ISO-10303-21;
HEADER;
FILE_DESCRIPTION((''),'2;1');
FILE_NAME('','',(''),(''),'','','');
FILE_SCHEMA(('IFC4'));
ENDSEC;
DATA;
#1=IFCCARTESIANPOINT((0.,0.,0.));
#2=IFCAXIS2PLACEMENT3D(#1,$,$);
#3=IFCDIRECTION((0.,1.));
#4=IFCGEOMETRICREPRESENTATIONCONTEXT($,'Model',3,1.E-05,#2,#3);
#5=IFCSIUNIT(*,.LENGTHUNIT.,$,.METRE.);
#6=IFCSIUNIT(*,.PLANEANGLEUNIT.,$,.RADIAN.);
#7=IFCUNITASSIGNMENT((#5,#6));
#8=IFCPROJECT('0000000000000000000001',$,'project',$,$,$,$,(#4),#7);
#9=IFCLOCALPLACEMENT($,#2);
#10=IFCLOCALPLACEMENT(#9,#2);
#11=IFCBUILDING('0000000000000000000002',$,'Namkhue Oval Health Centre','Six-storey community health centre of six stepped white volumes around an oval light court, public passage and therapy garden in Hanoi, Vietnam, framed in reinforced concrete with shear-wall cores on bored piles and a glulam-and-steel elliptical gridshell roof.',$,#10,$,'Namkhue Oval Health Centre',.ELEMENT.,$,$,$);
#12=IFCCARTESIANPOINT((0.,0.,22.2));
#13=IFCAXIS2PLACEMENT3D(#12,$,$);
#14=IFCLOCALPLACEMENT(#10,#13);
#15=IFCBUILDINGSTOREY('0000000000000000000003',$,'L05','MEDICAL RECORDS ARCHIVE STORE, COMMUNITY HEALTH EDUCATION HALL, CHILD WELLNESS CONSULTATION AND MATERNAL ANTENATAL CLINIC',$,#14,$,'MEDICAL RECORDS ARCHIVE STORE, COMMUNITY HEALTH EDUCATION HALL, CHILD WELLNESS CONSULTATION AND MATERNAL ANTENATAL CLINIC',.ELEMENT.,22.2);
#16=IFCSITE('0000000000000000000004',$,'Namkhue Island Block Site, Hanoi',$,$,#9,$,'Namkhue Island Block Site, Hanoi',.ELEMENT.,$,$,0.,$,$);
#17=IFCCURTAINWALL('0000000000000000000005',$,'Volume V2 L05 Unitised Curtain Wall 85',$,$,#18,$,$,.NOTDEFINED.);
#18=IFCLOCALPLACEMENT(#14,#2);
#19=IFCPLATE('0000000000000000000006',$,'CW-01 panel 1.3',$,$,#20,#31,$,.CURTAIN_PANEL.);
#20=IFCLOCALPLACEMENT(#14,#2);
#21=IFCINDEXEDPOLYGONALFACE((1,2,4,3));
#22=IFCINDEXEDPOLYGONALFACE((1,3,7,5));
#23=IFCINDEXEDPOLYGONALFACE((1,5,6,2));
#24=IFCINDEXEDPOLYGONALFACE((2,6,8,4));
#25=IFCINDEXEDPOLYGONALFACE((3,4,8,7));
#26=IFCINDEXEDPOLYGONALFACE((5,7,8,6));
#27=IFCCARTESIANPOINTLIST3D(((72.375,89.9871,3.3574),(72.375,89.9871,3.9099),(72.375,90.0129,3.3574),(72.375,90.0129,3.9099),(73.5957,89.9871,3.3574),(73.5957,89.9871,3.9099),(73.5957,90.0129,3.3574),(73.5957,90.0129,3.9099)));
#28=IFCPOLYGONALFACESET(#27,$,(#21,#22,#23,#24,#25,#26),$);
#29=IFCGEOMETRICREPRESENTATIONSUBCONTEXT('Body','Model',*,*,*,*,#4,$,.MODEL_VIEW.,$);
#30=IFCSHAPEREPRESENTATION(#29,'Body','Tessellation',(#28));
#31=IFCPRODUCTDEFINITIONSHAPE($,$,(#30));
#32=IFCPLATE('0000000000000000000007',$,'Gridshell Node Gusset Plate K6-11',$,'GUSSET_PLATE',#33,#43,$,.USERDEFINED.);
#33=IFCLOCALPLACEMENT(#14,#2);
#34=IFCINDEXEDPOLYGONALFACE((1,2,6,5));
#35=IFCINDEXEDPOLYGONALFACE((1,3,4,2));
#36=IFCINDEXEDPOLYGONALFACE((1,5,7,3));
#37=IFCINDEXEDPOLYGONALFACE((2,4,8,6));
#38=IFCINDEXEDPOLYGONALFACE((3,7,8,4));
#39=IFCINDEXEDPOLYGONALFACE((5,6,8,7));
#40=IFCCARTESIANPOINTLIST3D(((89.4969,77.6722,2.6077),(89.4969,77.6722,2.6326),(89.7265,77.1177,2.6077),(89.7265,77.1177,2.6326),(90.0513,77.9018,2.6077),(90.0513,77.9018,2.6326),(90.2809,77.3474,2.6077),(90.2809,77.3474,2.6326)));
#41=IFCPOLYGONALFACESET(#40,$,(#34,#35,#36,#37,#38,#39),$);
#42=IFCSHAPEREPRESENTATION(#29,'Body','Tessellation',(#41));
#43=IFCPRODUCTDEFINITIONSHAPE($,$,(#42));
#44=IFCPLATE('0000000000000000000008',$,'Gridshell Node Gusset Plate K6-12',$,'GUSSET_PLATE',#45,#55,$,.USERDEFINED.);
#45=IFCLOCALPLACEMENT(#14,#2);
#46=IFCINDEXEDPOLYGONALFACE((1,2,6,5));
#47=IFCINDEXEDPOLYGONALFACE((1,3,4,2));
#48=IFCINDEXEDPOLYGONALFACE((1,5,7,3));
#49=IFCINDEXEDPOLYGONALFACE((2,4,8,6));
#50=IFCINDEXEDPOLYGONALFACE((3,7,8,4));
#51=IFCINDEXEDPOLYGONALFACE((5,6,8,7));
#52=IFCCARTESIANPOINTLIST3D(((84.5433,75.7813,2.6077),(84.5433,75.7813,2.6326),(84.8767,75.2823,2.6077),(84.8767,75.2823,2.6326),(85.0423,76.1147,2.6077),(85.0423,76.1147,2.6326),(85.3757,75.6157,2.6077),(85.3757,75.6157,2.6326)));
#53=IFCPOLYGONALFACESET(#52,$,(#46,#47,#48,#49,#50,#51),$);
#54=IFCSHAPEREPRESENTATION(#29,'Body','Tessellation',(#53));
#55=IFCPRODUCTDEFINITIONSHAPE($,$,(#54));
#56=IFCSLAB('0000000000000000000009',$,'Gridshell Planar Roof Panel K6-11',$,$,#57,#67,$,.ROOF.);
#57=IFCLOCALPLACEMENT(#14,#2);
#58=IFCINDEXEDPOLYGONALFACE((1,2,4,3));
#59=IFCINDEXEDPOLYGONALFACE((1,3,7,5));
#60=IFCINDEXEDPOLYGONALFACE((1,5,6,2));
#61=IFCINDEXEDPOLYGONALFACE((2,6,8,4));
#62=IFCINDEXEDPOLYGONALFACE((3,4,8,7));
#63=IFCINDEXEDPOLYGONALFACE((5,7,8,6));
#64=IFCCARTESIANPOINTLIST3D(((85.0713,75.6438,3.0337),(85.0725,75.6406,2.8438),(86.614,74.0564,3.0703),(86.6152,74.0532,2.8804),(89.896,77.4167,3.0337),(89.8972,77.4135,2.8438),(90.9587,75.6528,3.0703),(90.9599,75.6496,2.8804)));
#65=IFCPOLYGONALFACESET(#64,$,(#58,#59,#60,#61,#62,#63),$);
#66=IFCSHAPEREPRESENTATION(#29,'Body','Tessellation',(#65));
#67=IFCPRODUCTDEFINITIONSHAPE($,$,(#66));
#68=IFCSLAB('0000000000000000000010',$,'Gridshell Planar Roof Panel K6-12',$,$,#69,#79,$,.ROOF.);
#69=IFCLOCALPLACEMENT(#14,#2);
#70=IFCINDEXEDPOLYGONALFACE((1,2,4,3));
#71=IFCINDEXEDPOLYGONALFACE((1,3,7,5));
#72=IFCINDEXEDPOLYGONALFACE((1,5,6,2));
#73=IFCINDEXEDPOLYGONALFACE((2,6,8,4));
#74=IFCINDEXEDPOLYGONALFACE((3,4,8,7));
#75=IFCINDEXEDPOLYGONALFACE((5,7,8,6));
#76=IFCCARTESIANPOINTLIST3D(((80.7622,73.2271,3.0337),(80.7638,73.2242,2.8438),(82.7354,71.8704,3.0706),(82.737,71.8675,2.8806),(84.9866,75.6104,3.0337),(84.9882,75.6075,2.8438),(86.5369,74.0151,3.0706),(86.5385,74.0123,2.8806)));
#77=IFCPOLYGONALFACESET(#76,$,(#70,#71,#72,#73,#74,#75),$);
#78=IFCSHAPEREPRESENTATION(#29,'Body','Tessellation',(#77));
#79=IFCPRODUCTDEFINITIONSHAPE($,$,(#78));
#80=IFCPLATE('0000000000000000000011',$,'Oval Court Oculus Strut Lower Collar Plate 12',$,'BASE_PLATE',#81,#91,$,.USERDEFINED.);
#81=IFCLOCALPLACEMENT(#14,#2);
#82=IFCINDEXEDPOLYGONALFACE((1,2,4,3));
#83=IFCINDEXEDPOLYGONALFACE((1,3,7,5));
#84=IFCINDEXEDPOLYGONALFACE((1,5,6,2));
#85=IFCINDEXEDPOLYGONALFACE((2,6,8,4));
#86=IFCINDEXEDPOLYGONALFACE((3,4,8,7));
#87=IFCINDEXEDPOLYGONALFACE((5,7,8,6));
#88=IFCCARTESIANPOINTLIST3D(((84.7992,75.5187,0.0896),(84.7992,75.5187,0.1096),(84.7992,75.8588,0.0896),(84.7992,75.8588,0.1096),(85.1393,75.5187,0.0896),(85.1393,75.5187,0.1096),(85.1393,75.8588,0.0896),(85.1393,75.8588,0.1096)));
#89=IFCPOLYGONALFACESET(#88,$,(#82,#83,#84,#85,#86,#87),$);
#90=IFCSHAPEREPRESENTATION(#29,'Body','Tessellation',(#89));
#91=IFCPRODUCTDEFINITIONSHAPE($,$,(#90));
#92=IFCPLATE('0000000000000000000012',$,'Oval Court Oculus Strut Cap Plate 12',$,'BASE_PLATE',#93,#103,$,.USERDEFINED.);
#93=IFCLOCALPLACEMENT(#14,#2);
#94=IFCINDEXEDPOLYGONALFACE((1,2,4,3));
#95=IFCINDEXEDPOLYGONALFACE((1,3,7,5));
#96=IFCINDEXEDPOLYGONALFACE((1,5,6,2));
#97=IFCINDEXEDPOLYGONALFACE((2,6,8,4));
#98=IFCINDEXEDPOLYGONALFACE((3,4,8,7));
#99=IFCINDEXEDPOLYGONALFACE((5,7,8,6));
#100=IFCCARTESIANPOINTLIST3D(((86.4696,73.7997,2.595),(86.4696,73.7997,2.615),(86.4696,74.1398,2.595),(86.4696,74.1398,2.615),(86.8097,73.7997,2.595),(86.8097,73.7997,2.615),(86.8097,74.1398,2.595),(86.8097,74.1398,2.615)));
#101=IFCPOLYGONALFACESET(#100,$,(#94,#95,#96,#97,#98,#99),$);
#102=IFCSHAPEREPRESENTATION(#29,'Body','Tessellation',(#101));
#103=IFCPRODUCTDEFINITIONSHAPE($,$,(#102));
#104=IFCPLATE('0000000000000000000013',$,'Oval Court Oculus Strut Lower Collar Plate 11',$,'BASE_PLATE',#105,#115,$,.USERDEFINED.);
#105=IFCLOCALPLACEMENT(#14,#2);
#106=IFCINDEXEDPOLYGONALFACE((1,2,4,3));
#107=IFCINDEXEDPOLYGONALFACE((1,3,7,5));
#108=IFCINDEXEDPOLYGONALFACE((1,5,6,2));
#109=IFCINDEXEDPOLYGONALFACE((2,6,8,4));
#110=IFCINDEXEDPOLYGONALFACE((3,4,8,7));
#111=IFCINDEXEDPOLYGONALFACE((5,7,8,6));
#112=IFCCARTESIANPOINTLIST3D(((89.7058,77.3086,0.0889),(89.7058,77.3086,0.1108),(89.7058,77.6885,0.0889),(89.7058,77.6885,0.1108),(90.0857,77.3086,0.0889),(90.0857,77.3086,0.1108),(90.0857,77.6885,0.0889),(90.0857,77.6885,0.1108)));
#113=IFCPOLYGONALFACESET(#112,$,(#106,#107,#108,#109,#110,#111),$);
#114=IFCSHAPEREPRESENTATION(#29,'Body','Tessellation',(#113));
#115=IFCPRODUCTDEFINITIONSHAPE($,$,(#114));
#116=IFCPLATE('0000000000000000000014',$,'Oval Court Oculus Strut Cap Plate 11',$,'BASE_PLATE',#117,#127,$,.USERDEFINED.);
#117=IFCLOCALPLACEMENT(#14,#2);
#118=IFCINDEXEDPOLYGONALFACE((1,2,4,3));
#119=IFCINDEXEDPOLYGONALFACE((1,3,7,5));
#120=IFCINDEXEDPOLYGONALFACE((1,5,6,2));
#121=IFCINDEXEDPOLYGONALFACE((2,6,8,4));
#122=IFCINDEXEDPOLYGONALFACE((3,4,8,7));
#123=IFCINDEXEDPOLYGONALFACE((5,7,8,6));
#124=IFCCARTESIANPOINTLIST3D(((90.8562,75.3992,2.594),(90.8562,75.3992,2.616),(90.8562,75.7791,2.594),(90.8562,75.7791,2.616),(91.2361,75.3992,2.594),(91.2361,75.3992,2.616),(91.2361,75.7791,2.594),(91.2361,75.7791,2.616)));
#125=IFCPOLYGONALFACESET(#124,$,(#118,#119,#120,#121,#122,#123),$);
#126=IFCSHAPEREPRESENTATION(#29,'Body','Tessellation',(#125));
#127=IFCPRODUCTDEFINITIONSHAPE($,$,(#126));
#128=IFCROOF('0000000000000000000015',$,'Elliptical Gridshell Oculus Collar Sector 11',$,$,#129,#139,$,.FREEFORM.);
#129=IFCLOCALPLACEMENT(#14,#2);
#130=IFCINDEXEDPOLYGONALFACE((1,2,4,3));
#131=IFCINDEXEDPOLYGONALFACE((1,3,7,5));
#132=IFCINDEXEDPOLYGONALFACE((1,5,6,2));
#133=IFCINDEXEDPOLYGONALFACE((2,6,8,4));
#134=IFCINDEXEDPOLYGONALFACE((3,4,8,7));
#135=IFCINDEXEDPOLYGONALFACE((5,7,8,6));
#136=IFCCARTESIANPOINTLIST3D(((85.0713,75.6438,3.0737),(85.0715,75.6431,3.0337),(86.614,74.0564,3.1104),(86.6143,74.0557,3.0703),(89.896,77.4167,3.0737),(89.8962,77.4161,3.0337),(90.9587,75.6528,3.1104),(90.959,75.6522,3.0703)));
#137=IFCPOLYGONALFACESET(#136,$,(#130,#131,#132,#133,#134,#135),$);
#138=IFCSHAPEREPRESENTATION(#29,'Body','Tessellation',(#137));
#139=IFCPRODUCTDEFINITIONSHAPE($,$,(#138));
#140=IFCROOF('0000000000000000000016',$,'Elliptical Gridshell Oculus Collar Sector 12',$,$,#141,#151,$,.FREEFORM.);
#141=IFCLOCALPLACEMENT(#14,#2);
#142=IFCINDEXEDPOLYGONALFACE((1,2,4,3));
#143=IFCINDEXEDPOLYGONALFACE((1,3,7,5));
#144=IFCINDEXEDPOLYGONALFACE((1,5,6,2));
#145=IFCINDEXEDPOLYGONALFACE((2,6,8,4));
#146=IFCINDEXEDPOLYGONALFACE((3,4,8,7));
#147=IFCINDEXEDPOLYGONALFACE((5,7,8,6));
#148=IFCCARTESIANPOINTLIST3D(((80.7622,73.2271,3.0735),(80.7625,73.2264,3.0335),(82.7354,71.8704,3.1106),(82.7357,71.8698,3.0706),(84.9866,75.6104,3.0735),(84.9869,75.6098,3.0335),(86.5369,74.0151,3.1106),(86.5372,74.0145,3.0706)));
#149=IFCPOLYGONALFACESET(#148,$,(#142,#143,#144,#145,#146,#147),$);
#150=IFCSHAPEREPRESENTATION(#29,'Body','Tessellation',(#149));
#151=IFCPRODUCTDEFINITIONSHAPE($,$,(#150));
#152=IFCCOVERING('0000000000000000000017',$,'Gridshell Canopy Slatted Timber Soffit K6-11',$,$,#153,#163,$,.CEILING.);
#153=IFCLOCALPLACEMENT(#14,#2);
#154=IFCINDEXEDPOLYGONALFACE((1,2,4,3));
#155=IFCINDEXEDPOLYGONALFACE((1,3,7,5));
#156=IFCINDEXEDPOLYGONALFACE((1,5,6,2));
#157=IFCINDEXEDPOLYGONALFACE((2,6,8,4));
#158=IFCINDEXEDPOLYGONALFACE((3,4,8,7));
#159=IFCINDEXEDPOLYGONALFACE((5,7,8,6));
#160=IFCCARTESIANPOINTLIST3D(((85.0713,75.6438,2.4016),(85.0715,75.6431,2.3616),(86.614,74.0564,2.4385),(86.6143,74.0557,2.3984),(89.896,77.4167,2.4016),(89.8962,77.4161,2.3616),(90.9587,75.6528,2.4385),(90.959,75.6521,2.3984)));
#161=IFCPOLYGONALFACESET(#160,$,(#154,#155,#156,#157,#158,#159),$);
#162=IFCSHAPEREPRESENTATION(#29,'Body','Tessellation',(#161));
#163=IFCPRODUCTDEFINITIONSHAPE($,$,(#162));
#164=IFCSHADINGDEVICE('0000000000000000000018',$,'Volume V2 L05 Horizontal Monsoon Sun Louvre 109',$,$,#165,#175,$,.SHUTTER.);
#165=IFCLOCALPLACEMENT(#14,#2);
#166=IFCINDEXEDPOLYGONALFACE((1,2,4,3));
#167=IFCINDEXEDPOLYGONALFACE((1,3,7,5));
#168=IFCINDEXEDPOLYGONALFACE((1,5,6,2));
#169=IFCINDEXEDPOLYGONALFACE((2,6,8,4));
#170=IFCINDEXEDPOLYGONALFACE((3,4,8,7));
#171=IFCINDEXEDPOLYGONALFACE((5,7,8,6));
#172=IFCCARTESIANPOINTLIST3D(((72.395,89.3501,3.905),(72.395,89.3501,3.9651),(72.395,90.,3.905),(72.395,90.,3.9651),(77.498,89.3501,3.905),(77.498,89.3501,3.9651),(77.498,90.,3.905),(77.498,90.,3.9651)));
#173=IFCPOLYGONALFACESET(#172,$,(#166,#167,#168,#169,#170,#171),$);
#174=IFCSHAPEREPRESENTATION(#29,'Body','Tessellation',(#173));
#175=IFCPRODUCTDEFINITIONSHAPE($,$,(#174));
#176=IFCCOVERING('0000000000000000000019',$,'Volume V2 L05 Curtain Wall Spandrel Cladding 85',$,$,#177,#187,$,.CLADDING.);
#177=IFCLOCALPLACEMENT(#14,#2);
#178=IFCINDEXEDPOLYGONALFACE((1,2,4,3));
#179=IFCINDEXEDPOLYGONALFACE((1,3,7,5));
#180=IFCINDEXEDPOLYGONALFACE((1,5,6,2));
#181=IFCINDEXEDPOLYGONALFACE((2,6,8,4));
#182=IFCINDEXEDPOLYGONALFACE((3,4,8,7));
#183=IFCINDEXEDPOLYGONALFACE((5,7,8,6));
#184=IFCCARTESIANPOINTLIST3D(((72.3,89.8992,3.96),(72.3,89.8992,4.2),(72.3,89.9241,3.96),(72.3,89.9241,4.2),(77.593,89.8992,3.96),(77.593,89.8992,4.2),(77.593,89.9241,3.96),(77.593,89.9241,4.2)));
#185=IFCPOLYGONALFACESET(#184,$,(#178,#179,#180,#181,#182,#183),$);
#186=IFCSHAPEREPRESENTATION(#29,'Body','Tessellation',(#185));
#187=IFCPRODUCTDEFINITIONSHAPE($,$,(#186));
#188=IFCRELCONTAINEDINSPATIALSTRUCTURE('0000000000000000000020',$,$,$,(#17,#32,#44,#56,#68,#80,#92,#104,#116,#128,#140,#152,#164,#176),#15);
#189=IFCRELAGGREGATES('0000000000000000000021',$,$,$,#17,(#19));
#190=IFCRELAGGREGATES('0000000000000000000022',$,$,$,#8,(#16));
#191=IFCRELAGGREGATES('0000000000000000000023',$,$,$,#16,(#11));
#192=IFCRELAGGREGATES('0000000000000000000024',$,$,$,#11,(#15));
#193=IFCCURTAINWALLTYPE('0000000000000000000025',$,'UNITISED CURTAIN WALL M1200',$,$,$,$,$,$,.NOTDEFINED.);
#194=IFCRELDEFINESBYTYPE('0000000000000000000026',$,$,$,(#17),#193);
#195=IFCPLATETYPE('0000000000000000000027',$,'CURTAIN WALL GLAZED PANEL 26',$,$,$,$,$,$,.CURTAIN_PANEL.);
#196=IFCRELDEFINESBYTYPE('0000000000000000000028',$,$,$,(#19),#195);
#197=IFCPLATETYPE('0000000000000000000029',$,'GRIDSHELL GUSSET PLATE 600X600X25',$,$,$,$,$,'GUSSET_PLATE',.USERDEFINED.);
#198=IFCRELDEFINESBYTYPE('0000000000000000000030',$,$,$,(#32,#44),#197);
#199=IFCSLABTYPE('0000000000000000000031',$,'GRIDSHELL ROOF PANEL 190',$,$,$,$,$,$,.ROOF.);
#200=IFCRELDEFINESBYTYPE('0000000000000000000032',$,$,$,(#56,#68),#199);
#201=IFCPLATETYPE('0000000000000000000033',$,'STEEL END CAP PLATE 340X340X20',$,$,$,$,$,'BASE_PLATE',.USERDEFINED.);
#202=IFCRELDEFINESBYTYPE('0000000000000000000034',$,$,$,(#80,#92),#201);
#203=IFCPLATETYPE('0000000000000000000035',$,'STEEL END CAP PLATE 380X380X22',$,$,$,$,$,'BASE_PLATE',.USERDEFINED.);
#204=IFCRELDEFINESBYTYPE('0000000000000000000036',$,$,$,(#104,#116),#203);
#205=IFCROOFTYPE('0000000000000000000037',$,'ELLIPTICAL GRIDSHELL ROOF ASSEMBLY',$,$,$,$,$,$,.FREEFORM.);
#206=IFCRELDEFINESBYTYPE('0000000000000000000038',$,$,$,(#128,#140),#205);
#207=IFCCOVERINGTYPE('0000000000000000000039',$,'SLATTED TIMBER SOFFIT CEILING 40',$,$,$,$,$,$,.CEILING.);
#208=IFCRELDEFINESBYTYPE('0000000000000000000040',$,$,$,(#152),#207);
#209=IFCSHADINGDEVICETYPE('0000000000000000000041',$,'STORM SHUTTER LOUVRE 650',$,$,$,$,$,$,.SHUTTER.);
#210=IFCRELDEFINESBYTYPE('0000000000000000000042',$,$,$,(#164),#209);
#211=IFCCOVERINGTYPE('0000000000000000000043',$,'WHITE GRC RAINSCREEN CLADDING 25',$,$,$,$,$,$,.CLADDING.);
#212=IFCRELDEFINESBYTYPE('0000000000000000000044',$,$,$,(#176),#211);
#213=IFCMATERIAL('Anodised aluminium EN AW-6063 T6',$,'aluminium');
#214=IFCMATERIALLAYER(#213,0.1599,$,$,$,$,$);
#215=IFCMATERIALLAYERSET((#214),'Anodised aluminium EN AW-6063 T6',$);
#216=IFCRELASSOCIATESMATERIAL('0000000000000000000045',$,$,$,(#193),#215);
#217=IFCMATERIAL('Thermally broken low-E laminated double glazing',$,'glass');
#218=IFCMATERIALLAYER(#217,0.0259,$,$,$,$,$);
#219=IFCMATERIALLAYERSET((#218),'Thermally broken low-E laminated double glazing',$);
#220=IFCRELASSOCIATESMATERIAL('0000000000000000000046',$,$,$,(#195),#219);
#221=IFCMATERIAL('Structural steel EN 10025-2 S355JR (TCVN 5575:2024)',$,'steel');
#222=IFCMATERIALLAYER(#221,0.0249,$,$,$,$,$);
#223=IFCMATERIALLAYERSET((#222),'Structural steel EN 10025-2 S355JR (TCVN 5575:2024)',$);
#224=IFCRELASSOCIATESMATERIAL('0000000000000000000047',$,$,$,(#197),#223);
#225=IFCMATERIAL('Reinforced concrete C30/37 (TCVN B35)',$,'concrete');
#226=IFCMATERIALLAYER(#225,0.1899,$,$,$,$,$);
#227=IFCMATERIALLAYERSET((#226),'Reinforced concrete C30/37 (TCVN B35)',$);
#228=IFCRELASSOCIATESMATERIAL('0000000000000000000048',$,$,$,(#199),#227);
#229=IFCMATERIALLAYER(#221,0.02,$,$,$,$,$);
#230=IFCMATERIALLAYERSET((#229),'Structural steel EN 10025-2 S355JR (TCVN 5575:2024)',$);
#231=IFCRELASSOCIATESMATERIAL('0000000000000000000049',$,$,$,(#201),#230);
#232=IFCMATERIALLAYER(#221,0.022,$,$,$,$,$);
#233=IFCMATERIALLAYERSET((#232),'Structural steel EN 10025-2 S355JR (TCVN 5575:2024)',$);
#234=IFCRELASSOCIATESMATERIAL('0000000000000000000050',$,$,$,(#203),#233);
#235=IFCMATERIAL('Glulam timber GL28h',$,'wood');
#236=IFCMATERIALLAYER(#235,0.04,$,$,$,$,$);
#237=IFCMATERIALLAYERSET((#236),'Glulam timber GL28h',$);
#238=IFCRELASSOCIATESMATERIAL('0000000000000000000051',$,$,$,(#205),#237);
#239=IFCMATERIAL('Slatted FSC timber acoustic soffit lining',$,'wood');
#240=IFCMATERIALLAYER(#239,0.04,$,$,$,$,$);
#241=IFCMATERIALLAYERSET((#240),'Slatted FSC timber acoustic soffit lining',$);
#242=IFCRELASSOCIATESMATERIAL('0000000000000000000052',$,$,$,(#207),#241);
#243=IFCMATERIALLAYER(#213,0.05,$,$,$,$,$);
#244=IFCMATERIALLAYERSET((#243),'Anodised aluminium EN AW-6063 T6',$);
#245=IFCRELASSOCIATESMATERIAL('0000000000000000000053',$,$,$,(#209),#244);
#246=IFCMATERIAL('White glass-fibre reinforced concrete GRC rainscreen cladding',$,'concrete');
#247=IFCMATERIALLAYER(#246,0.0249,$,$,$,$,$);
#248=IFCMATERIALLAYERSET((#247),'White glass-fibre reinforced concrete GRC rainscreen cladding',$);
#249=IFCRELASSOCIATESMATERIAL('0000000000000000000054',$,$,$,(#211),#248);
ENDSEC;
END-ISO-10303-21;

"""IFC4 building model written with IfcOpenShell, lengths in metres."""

from ifc_helpers import new_model, si_unit, direction, frame, origin, origin_2d, place, context, subcontext, project, spatial, polyline, rectangle, outline, extrude, material, layer, layer_set, type_object, element, aggregate, save


model = new_model("IFC4")

# Units and contexts
model_context = context("Model", 3, precision=1e-05, world=origin(), true_north=direction((0.0, 1.0)))
body_context = subcontext(model_context, "Body", "Model", "MODEL_VIEW")
ifc_project = project(units=[si_unit("LENGTHUNIT", "METRE"), si_unit("PLANEANGLEUNIT", "RADIAN")], contexts=[model_context])

# Site, building, storey
site_placement = place(None, origin())
site = spatial("IfcSite", under=ifc_project, at=site_placement, Name="Namkhue Island Block Site, Hanoi", LongName="Namkhue Island Block Site, Hanoi", CompositionType="ELEMENT", RefElevation=0.0)
building_placement = place(site_placement, origin())
building = spatial("IfcBuilding", under=site, at=building_placement, Name="Namkhue Oval Health Centre", Description="Six-storey community health centre of six stepped white volumes around an oval light court, public passage and therapy garden in Hanoi, Vietnam, framed in reinforced concrete with shear-wall cores on bored piles and a glulam-and-steel elliptical gridshell roof.", LongName="Namkhue Oval Health Centre", CompositionType="ELEMENT")
storey_placement = place(building_placement, frame((0.0, 0.0, 22.2)))
storey = spatial("IfcBuildingStorey", under=building, at=storey_placement, Name="L05", Description="MEDICAL RECORDS ARCHIVE STORE, COMMUNITY HEALTH EDUCATION HALL, CHILD WELLNESS CONSULTATION AND MATERNAL ANTENATAL CLINIC", LongName="MEDICAL RECORDS ARCHIVE STORE, COMMUNITY HEALTH EDUCATION HALL, CHILD WELLNESS CONSULTATION AND MATERNAL ANTENATAL CLINIC", CompositionType="ELEMENT", Elevation=22.2)

# Shared definitions
ifc_material_1 = material(Name="Structural steel EN 10025-2 S355JR (TCVN 5575:2024)", Category="steel")

# Curtain wall
ifc_material_2 = material(Name="Anodised aluminium EN AW-6063 T6", Category="aluminium")
ifc_layer_1 = layer(ifc_material_2, 0.1599)
ifc_layer_set_1 = layer_set([ifc_layer_1], Name="Anodised aluminium EN AW-6063 T6")
curtain_wall_type = type_object("IfcCurtainWallType", Name="UNITISED CURTAIN WALL M1200", PredefinedType="NOTDEFINED", material=ifc_layer_set_1)
curtain_wall_placement = place(storey_placement, origin())
curtain_wall = element("IfcCurtainWall", 1, at=curtain_wall_placement, inside=storey, type_object=curtain_wall_type, Name="Volume V2 L05 Unitised Curtain Wall 85", PredefinedType="NOTDEFINED")

# Shared definitions
ifc_material_3 = material(Name="Glulam timber GL28h", Category="wood")

# Plate
ifc_material_4 = material(Name="Thermally broken low-E laminated double glazing", Category="glass")
ifc_layer_2 = layer(ifc_material_4, 0.0259)
ifc_layer_set_2 = layer_set([ifc_layer_2], Name="Thermally broken low-E laminated double glazing")
plate_type_1 = type_object("IfcPlateType", Name="CURTAIN WALL GLAZED PANEL 26", PredefinedType="CURTAIN_PANEL", material=ifc_layer_set_2)
plate_1_placement = place(storey_placement, frame((72.9854, 90.0, 3.3574), z_axis=(0.0, 0.0, 1.0), x_axis=(1.0, 0.0, 0.0)))
plate_1 = element("IfcPlate", 2, at=plate_1_placement, type_object=plate_type_1, Name="CW-01 panel 1.3", PredefinedType="CURTAIN_PANEL", context=body_context, shape_type="SweptSolid", body=[
    extrude(rectangle(XDim=1.2207, YDim=0.0259, at=origin_2d()), origin(), (0.0, 0.0, 1.0), 0.5525),
])
aggregate(curtain_wall, [plate_1])

# Plates
ifc_layer_3 = layer(ifc_material_1, 0.0249)
ifc_layer_set_3 = layer_set([ifc_layer_3], Name="Structural steel EN 10025-2 S355JR (TCVN 5575:2024)")
plate_type_2 = type_object("IfcPlateType", Name="GRIDSHELL GUSSET PLATE 600X600X25", ElementType="GUSSET_PLATE", PredefinedType="USERDEFINED", material=ifc_layer_set_3)
for number, where, z_axis, x_axis, name in (
    (3, (89.8889, 77.5098, 2.6077), (0.0, 0.0, 1.0), (-0.382683, 0.92388, 0.0), "Gridshell Node Gusset Plate K6-11"),
    (4, (84.9595, 75.6985, 2.6077), (0.0, 0.0, 1.0), (-0.55557, 0.83147, 0.0), "Gridshell Node Gusset Plate K6-12"),
):
    element("IfcPlate", number, at=place(storey_placement, frame(where, z_axis=z_axis, x_axis=x_axis)), inside=storey, type_object=plate_type_2, Name=name, ObjectType="GUSSET_PLATE", PredefinedType="USERDEFINED", context=body_context, shape_type="SweptSolid", body=[
        extrude(rectangle(XDim=0.6001, YDim=0.6001, at=origin_2d()), origin(), (0.0, 0.0, 1.0), 0.0249),
    ])

# Slabs
ifc_material_5 = material(Name="Reinforced concrete C30/37 (TCVN B35)", Category="concrete")
ifc_layer_4 = layer(ifc_material_5, 0.1899)
ifc_layer_set_4 = layer_set([ifc_layer_4], Name="Reinforced concrete C30/37 (TCVN B35)")
slab_type = type_object("IfcSlabType", Name="GRIDSHELL ROOF PANEL 190", PredefinedType="ROOF", material=ifc_layer_set_4)
slab_1_placement = place(storey_placement, frame((89.896, 77.4167, 3.0337), z_axis=(-0.006245, 0.016996, 0.999836), x_axis=(-0.938631, -0.344922, 0.0)))
element("IfcSlab", 5, at=slab_1_placement, inside=storey, type_object=slab_type, Name="Gridshell Planar Roof Panel K6-11", PredefinedType="ROOF", context=body_context, shape_type="SweptSolid", body=[
    extrude(outline(polyline([(0.0, 0.0), (5.1402, 0.0), (4.2396, 2.0224), (-0.3891, 2.0226), (0.0, 0.0)])), origin(), (0.0, 0.0, -1.0), 0.1899),
])
slab_2_placement = place(storey_placement, frame((84.9866, 75.6104, 3.0337), z_axis=(-0.00842, 0.014924, 0.999853), x_axis=(-0.87095, -0.491372, 0.0)))
element("IfcSlab", 6, at=slab_2_placement, inside=storey, type_object=slab_type, Name="Gridshell Planar Roof Panel K6-12", PredefinedType="ROOF", context=body_context, shape_type="SweptSolid", body=[
    extrude(outline(polyline([(0.0, 0.0), (4.8503, 0.0), (3.7984, 2.1515), (-0.5664, 2.1514), (0.0, 0.0)])), origin(), (0.0, 0.0, -1.0), 0.1899),
])

# Plates
ifc_layer_5 = layer(ifc_material_1, 0.02)
ifc_layer_set_5 = layer_set([ifc_layer_5], Name="Structural steel EN 10025-2 S355JR (TCVN 5575:2024)")
plate_type_3 = type_object("IfcPlateType", Name="STEEL END CAP PLATE 340X340X20", ElementType="BASE_PLATE", PredefinedType="USERDEFINED", material=ifc_layer_set_5)
for number, where, z_axis, x_axis, name in (
    (7, (84.9692, 75.6887, 0.0896), (0.0, 0.0, 1.0), (1.0, 0.0, 0.0), "Oval Court Oculus Strut Lower Collar Plate 12"),
    (8, (86.6396, 73.9697, 2.595), (0.0, 0.0, 1.0), (1.0, 0.0, 0.0), "Oval Court Oculus Strut Cap Plate 12"),
):
    element("IfcPlate", number, at=place(storey_placement, frame(where, z_axis=z_axis, x_axis=x_axis)), inside=storey, type_object=plate_type_3, Name=name, ObjectType="BASE_PLATE", PredefinedType="USERDEFINED", context=body_context, shape_type="SweptSolid", body=[
        extrude(rectangle(XDim=0.3401, YDim=0.3401, at=origin_2d()), origin(), (0.0, 0.0, 1.0), 0.02),
    ])
ifc_layer_6 = layer(ifc_material_1, 0.022)
ifc_layer_set_6 = layer_set([ifc_layer_6], Name="Structural steel EN 10025-2 S355JR (TCVN 5575:2024)")
plate_type_4 = type_object("IfcPlateType", Name="STEEL END CAP PLATE 380X380X22", ElementType="BASE_PLATE", PredefinedType="USERDEFINED", material=ifc_layer_set_6)
for number, where, z_axis, x_axis, name in (
    (9, (89.8958, 77.4985, 0.0889), (0.0, 0.0, 1.0), (1.0, 0.0, 0.0), "Oval Court Oculus Strut Lower Collar Plate 11"),
    (10, (91.0461, 75.5891, 2.594), (0.0, 0.0, 1.0), (1.0, 0.0, 0.0), "Oval Court Oculus Strut Cap Plate 11"),
):
    element("IfcPlate", number, at=place(storey_placement, frame(where, z_axis=z_axis, x_axis=x_axis)), inside=storey, type_object=plate_type_4, Name=name, ObjectType="BASE_PLATE", PredefinedType="USERDEFINED", context=body_context, shape_type="SweptSolid", body=[
        extrude(rectangle(XDim=0.3799, YDim=0.3799, at=origin_2d()), origin(), (0.0, 0.0, 1.0), 0.022),
    ])

# Roofs
ifc_layer_7 = layer(ifc_material_3, 0.04)
ifc_layer_set_7 = layer_set([ifc_layer_7], Name="Glulam timber GL28h")
roof_type = type_object("IfcRoofType", Name="ELLIPTICAL GRIDSHELL ROOF ASSEMBLY", PredefinedType="FREEFORM", material=ifc_layer_set_7)
roof_1_placement = place(storey_placement, frame((89.896, 77.4167, 3.0737), z_axis=(-0.006245, 0.016996, 0.999836), x_axis=(-0.938631, -0.344922, 0.0)))
element("IfcRoof", 11, at=roof_1_placement, inside=storey, type_object=roof_type, Name="Elliptical Gridshell Oculus Collar Sector 11", PredefinedType="FREEFORM", context=body_context, shape_type="SweptSolid", body=[
    extrude(outline(polyline([(0.0, 0.0), (5.1402, 0.0), (4.2396, 2.0224), (-0.3891, 2.0226), (0.0, 0.0)])), origin(), (0.0, 0.0, -1.0), 0.04),
])
roof_2_placement = place(storey_placement, frame((84.9866, 75.6104, 3.0735), z_axis=(-0.008475, 0.015022, 0.999851), x_axis=(-0.87095, -0.491372, 0.0)))
element("IfcRoof", 12, at=roof_2_placement, inside=storey, type_object=roof_type, Name="Elliptical Gridshell Oculus Collar Sector 12", PredefinedType="FREEFORM", context=body_context, shape_type="SweptSolid", body=[
    extrude(outline(polyline([(0.0, 0.0), (4.8503, 0.0), (3.7984, 2.1515), (-0.5664, 2.1514), (0.0, 0.0)])), origin(), (0.0, 0.0, -1.0), 0.04),
])

# Covering
ifc_material_6 = material(Name="Slatted FSC timber acoustic soffit lining", Category="wood")
ifc_layer_8 = layer(ifc_material_6, 0.04)
ifc_layer_set_8 = layer_set([ifc_layer_8], Name="Slatted FSC timber acoustic soffit lining")
covering_type_1 = type_object("IfcCoveringType", Name="SLATTED TIMBER SOFFIT CEILING 40", PredefinedType="CEILING", material=ifc_layer_set_8)
covering_1_placement = place(storey_placement, frame((89.896, 77.4167, 2.4016), z_axis=(-0.006287, 0.017109, 0.999834), x_axis=(-0.938631, -0.344922, 0.0)))
element("IfcCovering", 13, at=covering_1_placement, inside=storey, type_object=covering_type_1, Name="Gridshell Canopy Slatted Timber Soffit K6-11", PredefinedType="CEILING", context=body_context, shape_type="SweptSolid", body=[
    extrude(outline(polyline([(0.0, 0.0), (5.1402, 0.0), (4.2396, 2.0224), (-0.3891, 2.0226), (0.0, 0.0)])), origin(), (0.0, 0.0, -1.0), 0.04),
])

# Shading device
ifc_layer_9 = layer(ifc_material_2, 0.05)
ifc_layer_set_9 = layer_set([ifc_layer_9], Name="Anodised aluminium EN AW-6063 T6")
shading_device_type = type_object("IfcShadingDeviceType", Name="STORM SHUTTER LOUVRE 650", PredefinedType="SHUTTER", material=ifc_layer_set_9)
shading_device_placement = place(storey_placement, frame((74.9465, 89.675, 3.905), z_axis=(0.0, 0.0, 1.0), x_axis=(1.0, 0.0, 0.0)))
element("IfcShadingDevice", 14, at=shading_device_placement, inside=storey, type_object=shading_device_type, Name="Volume V2 L05 Horizontal Monsoon Sun Louvre 109", PredefinedType="SHUTTER", context=body_context, shape_type="SweptSolid", body=[
    extrude(rectangle(XDim=5.103, YDim=0.6499, at=origin_2d()), origin(), (0.0, 0.0, 1.0), 0.0601),
])

# Covering
ifc_material_7 = material(Name="White glass-fibre reinforced concrete GRC rainscreen cladding", Category="concrete")
ifc_layer_10 = layer(ifc_material_7, 0.0249)
ifc_layer_set_10 = layer_set([ifc_layer_10], Name="White glass-fibre reinforced concrete GRC rainscreen cladding")
covering_type_2 = type_object("IfcCoveringType", Name="WHITE GRC RAINSCREEN CLADDING 25", PredefinedType="CLADDING", material=ifc_layer_set_10)
covering_2_placement = place(storey_placement, frame((74.9465, 89.9116, 3.96), z_axis=(0.0, 0.0, 1.0), x_axis=(1.0, 0.0, 0.0)))
element("IfcCovering", 15, at=covering_2_placement, inside=storey, type_object=covering_type_2, Name="Volume V2 L05 Curtain Wall Spandrel Cladding 85", PredefinedType="CLADDING", context=body_context, shape_type="SweptSolid", body=[
    extrude(rectangle(XDim=5.293, YDim=0.0249, at=origin_2d()), origin(), (0.0, 0.0, 1.0), 0.24),
])

save(model, "model.ifc")
